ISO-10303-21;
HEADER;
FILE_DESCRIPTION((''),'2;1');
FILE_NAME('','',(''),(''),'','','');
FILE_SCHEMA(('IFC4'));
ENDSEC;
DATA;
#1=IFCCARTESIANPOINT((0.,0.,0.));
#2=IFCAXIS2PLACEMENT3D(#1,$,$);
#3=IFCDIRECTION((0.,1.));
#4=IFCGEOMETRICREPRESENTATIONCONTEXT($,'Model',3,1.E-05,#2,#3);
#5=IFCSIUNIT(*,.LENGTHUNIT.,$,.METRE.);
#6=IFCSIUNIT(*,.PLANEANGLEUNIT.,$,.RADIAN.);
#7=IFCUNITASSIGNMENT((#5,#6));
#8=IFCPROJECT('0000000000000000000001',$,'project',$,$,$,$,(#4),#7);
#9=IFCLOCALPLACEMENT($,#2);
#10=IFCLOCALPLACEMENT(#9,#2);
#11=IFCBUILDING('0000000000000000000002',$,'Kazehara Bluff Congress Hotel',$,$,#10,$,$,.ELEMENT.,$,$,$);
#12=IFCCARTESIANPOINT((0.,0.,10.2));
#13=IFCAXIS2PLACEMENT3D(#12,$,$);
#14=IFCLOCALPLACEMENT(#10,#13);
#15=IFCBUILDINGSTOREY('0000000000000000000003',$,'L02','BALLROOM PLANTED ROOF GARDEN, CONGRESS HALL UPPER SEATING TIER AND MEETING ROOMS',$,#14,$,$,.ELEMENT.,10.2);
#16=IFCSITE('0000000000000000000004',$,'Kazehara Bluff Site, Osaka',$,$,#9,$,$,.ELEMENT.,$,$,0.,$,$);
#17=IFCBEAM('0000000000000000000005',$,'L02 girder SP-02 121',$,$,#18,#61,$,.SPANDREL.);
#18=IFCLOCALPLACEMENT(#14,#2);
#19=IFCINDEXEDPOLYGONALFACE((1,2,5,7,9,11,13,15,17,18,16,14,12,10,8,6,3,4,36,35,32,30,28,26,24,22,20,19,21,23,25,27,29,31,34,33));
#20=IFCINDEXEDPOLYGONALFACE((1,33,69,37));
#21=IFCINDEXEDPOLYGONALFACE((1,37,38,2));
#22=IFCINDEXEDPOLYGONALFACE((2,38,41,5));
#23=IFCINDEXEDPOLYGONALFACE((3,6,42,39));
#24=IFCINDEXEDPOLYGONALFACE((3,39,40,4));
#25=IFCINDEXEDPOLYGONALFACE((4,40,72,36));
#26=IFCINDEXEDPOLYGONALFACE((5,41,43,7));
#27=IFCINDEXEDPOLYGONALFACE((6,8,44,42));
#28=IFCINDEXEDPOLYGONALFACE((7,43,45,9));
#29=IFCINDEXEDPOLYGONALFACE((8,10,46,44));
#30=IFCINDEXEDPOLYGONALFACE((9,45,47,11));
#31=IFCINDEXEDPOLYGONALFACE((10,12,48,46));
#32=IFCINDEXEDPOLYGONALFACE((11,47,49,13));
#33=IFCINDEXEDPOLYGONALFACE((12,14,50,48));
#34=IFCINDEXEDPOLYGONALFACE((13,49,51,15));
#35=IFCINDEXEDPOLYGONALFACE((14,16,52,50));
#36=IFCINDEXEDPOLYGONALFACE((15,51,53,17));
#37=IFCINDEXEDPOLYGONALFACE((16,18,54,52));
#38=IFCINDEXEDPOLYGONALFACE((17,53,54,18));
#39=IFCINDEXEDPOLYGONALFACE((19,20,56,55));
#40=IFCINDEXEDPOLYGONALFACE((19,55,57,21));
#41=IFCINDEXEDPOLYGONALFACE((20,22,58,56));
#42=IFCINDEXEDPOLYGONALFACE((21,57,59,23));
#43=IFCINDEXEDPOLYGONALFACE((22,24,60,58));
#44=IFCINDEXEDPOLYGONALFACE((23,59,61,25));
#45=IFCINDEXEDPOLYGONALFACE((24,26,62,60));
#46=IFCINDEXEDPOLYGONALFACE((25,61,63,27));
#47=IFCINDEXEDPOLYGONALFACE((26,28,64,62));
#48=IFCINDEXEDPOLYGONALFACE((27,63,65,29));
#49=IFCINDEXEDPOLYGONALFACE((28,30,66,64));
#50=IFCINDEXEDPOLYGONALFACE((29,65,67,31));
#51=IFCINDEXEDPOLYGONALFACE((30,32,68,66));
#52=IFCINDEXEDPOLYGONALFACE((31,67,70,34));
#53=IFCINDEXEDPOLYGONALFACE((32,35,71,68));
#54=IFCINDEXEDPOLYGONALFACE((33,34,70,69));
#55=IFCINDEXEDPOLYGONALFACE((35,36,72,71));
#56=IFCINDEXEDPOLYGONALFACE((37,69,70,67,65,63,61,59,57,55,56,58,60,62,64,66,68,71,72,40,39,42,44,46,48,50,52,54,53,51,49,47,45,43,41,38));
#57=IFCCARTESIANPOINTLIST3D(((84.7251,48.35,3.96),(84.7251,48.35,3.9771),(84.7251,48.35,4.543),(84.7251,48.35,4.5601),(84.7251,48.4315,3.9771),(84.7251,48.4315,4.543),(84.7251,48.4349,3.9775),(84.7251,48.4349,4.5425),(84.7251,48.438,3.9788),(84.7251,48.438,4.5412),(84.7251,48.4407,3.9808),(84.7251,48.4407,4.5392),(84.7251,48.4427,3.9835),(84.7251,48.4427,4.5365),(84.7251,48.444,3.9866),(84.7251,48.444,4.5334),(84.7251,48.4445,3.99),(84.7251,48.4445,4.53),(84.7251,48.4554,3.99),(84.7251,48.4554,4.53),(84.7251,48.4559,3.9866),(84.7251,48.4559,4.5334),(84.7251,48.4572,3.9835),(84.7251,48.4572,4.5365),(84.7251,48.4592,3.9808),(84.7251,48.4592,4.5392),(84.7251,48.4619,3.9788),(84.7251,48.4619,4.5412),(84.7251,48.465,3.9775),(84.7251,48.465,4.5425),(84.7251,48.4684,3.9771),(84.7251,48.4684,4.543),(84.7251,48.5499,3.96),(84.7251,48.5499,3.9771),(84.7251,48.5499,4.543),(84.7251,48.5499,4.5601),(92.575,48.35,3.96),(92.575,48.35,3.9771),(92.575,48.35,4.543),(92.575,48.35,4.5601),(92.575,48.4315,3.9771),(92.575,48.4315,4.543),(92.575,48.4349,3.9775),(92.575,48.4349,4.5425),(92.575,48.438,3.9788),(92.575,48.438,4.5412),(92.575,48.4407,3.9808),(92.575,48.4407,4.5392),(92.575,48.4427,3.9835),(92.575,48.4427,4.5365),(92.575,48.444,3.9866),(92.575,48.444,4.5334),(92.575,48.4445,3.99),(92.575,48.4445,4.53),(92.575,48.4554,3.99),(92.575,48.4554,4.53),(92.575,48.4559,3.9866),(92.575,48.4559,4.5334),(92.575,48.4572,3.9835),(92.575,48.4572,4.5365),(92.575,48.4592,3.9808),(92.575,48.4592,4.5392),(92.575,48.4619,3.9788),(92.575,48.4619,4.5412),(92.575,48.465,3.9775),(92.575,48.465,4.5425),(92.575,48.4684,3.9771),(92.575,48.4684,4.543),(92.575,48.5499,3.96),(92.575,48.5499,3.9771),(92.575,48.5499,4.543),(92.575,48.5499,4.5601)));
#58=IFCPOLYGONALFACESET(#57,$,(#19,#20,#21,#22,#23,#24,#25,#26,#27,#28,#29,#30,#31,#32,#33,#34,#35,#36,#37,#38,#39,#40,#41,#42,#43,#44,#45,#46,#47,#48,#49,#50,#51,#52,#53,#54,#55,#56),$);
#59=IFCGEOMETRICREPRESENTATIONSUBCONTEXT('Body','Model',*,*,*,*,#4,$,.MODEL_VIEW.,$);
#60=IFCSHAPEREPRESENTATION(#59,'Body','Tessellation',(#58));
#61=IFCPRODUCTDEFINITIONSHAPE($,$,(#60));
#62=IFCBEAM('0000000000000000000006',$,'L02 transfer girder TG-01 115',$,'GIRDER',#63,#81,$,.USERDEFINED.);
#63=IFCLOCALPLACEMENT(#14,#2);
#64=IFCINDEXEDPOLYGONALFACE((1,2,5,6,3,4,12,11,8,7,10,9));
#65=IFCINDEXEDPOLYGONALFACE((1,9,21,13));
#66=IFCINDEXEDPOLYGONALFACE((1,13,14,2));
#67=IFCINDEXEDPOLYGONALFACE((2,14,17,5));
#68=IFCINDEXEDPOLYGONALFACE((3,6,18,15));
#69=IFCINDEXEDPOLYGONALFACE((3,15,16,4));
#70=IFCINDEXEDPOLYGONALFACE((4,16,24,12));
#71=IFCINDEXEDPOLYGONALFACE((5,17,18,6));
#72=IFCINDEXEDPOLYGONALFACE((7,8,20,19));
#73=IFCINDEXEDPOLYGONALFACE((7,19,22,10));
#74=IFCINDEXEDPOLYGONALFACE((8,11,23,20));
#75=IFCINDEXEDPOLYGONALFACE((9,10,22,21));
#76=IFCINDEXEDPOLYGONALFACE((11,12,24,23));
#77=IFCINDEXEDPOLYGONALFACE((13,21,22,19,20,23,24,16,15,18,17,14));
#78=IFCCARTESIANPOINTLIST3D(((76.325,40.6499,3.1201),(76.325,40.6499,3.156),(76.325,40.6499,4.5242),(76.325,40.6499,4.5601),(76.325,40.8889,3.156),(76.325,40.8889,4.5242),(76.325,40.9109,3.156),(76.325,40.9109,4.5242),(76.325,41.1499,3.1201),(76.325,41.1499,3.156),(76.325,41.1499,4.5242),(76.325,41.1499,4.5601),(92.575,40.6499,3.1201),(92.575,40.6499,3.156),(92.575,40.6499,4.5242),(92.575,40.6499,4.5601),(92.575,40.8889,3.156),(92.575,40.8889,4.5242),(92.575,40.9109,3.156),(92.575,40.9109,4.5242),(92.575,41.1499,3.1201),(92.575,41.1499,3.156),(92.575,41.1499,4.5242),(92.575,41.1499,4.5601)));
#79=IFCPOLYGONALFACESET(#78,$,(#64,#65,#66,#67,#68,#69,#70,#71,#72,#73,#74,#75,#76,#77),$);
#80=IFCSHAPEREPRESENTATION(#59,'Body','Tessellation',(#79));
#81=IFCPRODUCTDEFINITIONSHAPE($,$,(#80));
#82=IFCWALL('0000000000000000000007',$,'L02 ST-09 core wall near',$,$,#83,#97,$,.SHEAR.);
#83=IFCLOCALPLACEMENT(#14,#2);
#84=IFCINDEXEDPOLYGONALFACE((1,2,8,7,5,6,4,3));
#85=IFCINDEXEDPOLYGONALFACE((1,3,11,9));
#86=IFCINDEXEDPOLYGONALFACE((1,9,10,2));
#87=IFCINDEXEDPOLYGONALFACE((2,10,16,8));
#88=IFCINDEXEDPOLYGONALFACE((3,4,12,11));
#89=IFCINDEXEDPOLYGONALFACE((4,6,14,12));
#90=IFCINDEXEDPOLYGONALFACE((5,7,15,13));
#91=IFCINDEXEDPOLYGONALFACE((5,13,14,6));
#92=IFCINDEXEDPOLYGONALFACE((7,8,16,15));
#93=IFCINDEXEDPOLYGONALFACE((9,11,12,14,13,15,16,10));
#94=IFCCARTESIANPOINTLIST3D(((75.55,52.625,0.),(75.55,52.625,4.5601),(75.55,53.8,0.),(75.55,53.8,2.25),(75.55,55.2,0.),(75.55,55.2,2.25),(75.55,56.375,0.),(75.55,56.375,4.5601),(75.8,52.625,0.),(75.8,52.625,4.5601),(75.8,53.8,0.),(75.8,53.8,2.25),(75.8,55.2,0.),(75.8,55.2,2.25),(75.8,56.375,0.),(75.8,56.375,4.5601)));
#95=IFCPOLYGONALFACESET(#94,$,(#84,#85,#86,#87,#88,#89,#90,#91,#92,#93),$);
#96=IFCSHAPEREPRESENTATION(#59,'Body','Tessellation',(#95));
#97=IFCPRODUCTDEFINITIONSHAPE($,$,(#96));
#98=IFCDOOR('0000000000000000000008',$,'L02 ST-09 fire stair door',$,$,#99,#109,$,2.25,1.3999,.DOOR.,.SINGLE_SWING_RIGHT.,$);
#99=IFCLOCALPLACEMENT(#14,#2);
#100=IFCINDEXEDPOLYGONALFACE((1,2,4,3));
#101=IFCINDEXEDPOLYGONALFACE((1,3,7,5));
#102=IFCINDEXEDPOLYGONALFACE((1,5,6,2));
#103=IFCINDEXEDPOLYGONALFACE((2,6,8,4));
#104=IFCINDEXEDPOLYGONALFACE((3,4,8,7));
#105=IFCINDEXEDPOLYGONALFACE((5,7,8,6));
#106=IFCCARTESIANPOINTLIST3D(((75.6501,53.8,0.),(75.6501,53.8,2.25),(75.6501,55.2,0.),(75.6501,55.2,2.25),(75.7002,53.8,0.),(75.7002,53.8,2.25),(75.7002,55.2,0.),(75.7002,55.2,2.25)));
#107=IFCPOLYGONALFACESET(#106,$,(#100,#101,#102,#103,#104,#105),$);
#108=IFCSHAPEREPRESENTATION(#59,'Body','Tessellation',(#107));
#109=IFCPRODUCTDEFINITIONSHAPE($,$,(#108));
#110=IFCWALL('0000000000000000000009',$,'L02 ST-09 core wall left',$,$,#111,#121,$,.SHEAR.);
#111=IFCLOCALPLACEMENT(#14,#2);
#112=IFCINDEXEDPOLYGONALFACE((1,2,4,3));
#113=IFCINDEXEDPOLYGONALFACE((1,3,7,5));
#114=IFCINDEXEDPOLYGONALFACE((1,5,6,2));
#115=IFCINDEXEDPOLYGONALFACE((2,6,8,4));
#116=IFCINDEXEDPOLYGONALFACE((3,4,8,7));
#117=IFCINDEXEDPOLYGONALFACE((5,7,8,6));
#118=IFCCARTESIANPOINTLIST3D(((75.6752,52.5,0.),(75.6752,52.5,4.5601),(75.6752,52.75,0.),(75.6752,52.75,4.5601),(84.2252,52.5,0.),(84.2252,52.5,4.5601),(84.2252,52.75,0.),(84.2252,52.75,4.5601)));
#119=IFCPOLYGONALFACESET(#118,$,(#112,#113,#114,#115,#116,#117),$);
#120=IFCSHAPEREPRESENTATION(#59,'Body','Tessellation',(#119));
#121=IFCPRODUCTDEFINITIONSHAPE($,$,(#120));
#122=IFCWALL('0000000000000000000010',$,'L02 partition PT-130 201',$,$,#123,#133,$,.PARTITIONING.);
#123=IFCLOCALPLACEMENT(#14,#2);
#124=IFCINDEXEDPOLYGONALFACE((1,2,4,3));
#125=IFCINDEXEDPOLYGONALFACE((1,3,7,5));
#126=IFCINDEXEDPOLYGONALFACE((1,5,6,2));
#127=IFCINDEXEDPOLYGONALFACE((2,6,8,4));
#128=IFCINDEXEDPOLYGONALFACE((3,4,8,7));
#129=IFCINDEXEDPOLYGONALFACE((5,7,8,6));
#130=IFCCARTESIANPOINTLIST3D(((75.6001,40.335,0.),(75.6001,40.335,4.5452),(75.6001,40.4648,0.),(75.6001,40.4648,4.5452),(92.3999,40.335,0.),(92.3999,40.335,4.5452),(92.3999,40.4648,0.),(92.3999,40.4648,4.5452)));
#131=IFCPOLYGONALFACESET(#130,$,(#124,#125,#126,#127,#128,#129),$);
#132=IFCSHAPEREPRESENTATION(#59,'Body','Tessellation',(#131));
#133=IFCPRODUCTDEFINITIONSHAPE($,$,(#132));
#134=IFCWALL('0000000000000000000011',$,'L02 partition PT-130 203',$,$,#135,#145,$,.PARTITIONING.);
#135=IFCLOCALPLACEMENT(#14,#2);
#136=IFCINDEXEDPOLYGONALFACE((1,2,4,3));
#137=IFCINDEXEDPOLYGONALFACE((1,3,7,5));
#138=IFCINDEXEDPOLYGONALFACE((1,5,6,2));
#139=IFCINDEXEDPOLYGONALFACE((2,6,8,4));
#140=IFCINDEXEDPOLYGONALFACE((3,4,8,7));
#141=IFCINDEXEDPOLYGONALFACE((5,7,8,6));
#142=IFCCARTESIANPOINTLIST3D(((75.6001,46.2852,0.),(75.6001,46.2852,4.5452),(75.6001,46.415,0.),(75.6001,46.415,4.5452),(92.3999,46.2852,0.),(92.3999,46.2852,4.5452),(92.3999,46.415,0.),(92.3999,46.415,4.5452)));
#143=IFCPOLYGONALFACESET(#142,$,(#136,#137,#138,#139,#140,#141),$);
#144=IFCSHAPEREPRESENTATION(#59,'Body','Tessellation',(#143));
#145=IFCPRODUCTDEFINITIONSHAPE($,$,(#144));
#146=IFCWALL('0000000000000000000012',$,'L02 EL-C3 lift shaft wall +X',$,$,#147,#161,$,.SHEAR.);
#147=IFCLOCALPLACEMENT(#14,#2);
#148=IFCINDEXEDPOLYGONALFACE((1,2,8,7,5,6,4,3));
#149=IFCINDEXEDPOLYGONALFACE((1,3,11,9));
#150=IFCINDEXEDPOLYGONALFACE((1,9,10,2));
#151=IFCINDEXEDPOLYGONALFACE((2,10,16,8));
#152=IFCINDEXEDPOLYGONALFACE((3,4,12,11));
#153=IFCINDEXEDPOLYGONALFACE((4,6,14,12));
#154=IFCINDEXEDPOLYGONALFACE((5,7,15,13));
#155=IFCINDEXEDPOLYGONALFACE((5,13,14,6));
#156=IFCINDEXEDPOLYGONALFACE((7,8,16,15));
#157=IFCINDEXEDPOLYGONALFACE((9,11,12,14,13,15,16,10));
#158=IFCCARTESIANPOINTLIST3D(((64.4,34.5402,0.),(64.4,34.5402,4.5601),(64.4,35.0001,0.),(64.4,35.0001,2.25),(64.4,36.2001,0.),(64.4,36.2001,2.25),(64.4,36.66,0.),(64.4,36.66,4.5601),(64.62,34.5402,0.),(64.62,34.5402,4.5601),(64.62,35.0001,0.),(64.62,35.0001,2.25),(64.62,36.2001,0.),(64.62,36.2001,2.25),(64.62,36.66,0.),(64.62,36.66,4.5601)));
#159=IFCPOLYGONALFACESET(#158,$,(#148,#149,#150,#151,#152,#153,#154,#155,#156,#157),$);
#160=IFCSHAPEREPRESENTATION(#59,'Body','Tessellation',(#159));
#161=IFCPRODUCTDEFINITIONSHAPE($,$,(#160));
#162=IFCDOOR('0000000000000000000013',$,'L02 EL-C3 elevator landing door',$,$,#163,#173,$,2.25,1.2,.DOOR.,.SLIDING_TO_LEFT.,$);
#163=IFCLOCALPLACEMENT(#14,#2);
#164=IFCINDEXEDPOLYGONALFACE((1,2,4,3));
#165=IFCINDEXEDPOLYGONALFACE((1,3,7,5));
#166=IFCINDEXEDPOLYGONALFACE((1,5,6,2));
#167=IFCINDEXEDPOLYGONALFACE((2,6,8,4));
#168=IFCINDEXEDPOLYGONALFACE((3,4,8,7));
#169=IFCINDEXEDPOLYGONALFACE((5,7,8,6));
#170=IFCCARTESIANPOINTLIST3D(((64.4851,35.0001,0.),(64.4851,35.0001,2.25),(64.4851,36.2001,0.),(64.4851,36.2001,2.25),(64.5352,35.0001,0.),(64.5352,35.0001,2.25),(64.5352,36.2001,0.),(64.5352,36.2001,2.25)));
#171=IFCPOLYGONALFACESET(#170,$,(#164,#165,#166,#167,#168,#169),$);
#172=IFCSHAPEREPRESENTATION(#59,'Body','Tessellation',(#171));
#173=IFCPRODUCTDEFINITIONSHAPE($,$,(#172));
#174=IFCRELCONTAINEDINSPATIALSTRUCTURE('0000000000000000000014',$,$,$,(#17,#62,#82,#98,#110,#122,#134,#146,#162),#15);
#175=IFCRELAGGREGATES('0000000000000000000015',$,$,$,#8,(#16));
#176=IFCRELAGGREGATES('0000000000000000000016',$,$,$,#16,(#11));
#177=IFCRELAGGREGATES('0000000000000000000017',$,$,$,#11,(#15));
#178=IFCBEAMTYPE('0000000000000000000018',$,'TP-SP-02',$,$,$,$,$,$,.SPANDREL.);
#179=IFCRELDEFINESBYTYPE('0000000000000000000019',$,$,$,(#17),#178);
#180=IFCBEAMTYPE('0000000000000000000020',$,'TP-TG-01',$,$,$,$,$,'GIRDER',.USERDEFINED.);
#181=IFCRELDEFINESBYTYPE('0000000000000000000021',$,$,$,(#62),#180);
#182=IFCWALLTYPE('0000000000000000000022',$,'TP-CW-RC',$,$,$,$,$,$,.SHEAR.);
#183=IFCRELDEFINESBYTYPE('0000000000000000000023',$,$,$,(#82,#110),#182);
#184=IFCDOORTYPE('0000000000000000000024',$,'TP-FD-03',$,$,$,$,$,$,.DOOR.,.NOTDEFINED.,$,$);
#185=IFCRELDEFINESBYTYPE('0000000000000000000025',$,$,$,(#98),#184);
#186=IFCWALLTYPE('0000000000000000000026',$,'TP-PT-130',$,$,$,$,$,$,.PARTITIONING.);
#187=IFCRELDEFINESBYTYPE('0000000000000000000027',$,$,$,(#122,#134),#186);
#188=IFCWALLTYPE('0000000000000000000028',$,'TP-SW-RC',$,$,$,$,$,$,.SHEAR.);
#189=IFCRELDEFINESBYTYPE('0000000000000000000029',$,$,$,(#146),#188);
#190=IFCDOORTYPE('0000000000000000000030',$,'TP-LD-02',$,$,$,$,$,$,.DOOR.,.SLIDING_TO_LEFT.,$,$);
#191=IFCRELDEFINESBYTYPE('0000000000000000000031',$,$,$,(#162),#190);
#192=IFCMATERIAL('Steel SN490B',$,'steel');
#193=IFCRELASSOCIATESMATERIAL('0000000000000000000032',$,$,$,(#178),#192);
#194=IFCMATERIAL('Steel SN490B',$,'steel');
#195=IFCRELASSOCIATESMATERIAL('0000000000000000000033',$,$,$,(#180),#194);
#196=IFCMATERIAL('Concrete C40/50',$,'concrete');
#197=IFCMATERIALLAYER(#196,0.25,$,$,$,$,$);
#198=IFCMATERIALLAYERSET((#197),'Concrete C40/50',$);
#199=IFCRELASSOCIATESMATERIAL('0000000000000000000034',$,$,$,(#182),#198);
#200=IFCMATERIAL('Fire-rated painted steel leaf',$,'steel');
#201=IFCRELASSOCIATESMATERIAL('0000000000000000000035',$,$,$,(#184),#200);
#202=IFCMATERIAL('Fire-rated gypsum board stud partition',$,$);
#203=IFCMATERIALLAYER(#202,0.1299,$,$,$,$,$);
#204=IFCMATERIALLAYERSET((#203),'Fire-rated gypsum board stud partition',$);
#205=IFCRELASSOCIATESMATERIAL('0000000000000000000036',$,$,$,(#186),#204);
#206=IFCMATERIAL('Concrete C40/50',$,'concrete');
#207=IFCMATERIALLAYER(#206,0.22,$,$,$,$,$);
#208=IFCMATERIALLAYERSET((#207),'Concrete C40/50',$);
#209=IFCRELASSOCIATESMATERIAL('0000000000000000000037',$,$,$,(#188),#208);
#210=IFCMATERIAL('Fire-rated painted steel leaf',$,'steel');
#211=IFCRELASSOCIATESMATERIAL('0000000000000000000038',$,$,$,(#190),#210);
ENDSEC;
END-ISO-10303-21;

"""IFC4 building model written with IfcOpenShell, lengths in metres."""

from ifc_helpers import new_model, si_unit, direction, frame, frame_2d, origin, origin_2d, place, context, subcontext, project, spatial, rectangle, i_section, extrude, material, layer, layer_set, material_profile, profile_set, type_object, element, fill, save


model = new_model("IFC4")

# Units and contexts
model_context = context("Model", 3, precision=1e-05, world=origin(), true_north=direction((0.0, 1.0)))
body_context = subcontext(model_context, "Body", "Model", "MODEL_VIEW")
ifc_project = project(units=[si_unit("LENGTHUNIT", "METRE"), si_unit("PLANEANGLEUNIT", "RADIAN")], contexts=[model_context])

# Site, building, storey
site_placement = place(None, origin())
site = spatial("IfcSite", under=ifc_project, at=site_placement, Name="Kazehara Bluff Site, Osaka", CompositionType="ELEMENT", RefElevation=0.0)
building_placement = place(site_placement, origin())
building = spatial("IfcBuilding", under=site, at=building_placement, Name="Kazehara Bluff Congress Hotel", CompositionType="ELEMENT")
storey_placement = place(building_placement, frame((0.0, 0.0, 10.2)))
storey = spatial("IfcBuildingStorey", under=building, at=storey_placement, Name="L02", Description="BALLROOM PLANTED ROOF GARDEN, CONGRESS HALL UPPER SEATING TIER AND MEETING ROOMS", CompositionType="ELEMENT", Elevation=10.2)

# Beams
ifc_material_1 = material(Name="Steel SN490B", Category="steel")
ifc_material_profile_1 = material_profile(ifc_material_1, i_section(OverallWidth=0.2, OverallDepth=0.6001, WebThickness=0.011, FlangeThickness=0.0171, FilletRadius=0.0129, at=origin_2d()))
ifc_profile_set_1 = profile_set([ifc_material_profile_1], Name="Steel SN490B")
beam_type_1 = type_object("IfcBeamType", Name="TP-SP-02", PredefinedType="SPANDREL", material=ifc_profile_set_1)
beam_1_placement = place(storey_placement, frame((84.7251, 48.45, 4.26), z_axis=(1.0, 0.0, 0.0), x_axis=(0.0, 1.0, 0.0)))
element("IfcBeam", 1, at=beam_1_placement, inside=storey, type_object=beam_type_1, Name="L02 girder SP-02 121", PredefinedType="SPANDREL", context=body_context, shape_type="SweptSolid", body=[
    extrude(i_section(OverallWidth=0.2, OverallDepth=0.6001, WebThickness=0.011, FlangeThickness=0.0171, FilletRadius=0.0129, at=origin_2d()), origin(), (0.0, 0.0, 1.0), 7.8499),
])
ifc_material_2 = material(Name="Steel SN490B", Category="steel")
ifc_material_profile_2 = material_profile(ifc_material_2, i_section(OverallWidth=0.5, OverallDepth=1.4399, WebThickness=0.022, FlangeThickness=0.0359, at=origin_2d()))
ifc_profile_set_2 = profile_set([ifc_material_profile_2], Name="Steel SN490B")
beam_type_2 = type_object("IfcBeamType", Name="TP-TG-01", ElementType="GIRDER", PredefinedType="USERDEFINED", material=ifc_profile_set_2)
beam_2_placement = place(storey_placement, frame((76.325, 40.8999, 3.8401), z_axis=(1.0, 0.0, 0.0), x_axis=(0.0, 1.0, 0.0)))
element("IfcBeam", 2, at=beam_2_placement, inside=storey, type_object=beam_type_2, Name="L02 transfer girder TG-01 115", ObjectType="GIRDER", PredefinedType="USERDEFINED", context=body_context, shape_type="SweptSolid", body=[
    extrude(i_section(OverallWidth=0.5, OverallDepth=1.4399, WebThickness=0.022, FlangeThickness=0.0359, at=origin_2d()), origin(), (0.0, 0.0, 1.0), 16.25),
])

# Wall, opening, door
ifc_material_3 = material(Name="Concrete C40/50", Category="concrete")
ifc_layer_1 = layer(ifc_material_3, 0.25)
ifc_layer_set_1 = layer_set([ifc_layer_1], Name="Concrete C40/50")
wall_type_1 = type_object("IfcWallType", Name="TP-CW-RC", PredefinedType="SHEAR", material=ifc_layer_set_1)
wall_1_placement = place(storey_placement, frame((75.675, 52.625, 0.0), z_axis=(0.0, 0.0, 1.0), x_axis=(0.0, 1.0, 0.0)))
wall_1 = element("IfcWall", 3, at=wall_1_placement, inside=storey, type_object=wall_type_1, Name="L02 ST-09 core wall near", PredefinedType="SHEAR", context=body_context, shape_type="SweptSolid", body=[
    extrude(rectangle(XDim=3.75, YDim=0.25, at=frame_2d((1.875, 0.0))), origin(), (0.0, 0.0, 1.0), 4.5601),
])
opening_1_placement = place(wall_1_placement, frame((1.175, 0.0, 0.0)))
opening_1 = element("IfcOpeningElement", 4, at=opening_1_placement, cuts=wall_1, PredefinedType="OPENING", context=body_context, shape_type="SweptSolid", body=[
    extrude(rectangle(XDim=1.3999, YDim=2.25, at=frame_2d((0.7, 1.125))), frame((0.0, 0.135, 0.0), z_axis=(0.0, -1.0, 0.0), x_axis=(1.0, 0.0, 0.0)), (0.0, 0.0, 1.0), 0.27),
])
ifc_material_4 = material(Name="Fire-rated painted steel leaf", Category="steel")
door_type_1 = type_object("IfcDoorType", Name="TP-FD-03", OperationType="NOTDEFINED", PredefinedType="DOOR", material=ifc_material_4)
door_1_placement = place(opening_1_placement, origin())
door_1 = element("IfcDoor", 5, at=door_1_placement, inside=storey, type_object=door_type_1, Name="L02 ST-09 fire stair door", OperationType="SINGLE_SWING_RIGHT", OverallHeight=2.25, OverallWidth=1.3999, PredefinedType="DOOR", context=body_context, shape_type="SweptSolid", body=[
    extrude(rectangle(XDim=1.3999, YDim=2.25, at=frame_2d((0.7, 1.125))), frame((0.0, 0.0249, 0.0), z_axis=(0.0, -1.0, 0.0), x_axis=(1.0, 0.0, 0.0)), (0.0, 0.0, 1.0), 0.05),
])
fill(opening_1, door_1)

# Walls
wall_2_placement = place(storey_placement, frame((84.2251, 52.625, 0.0), z_axis=(0.0, 0.0, 1.0), x_axis=(-1.0, 0.0, 0.0)))
element("IfcWall", 6, at=wall_2_placement, inside=storey, type_object=wall_type_1, Name="L02 ST-09 core wall left", PredefinedType="SHEAR", context=body_context, shape_type="SweptSolid", body=[
    extrude(rectangle(XDim=8.55, YDim=0.25, at=frame_2d((4.2749, 0.0))), origin(), (0.0, 0.0, 1.0), 4.5601),
])
ifc_material_5 = material(Name="Fire-rated gypsum board stud partition")
ifc_layer_2 = layer(ifc_material_5, 0.1299)
ifc_layer_set_2 = layer_set([ifc_layer_2], Name="Fire-rated gypsum board stud partition")
wall_type_2 = type_object("IfcWallType", Name="TP-PT-130", PredefinedType="PARTITIONING", material=ifc_layer_set_2)
for number, where, z_axis, x_axis, name in (
    (7, (75.6001, 40.3999, 0.0), (0.0, 0.0, 1.0), (1.0, 0.0, 0.0), "L02 partition PT-130 201"),
    (8, (75.6001, 46.3501, 0.0), (0.0, 0.0, 1.0), (1.0, 0.0, 0.0), "L02 partition PT-130 203"),
):
    element("IfcWall", number, at=place(storey_placement, frame(where, z_axis=z_axis, x_axis=x_axis)), inside=storey, type_object=wall_type_2, Name=name, PredefinedType="PARTITIONING", context=body_context, shape_type="SweptSolid", body=[
        extrude(rectangle(XDim=16.7998, YDim=0.1299, at=frame_2d((8.3999, 0.0))), origin(), (0.0, 0.0, 1.0), 4.5452),
    ])

# Wall, opening, door
ifc_material_6 = material(Name="Concrete C40/50", Category="concrete")
ifc_layer_3 = layer(ifc_material_6, 0.22)
ifc_layer_set_3 = layer_set([ifc_layer_3], Name="Concrete C40/50")
wall_type_3 = type_object("IfcWallType", Name="TP-SW-RC", PredefinedType="SHEAR", material=ifc_layer_set_3)
wall_3_placement = place(storey_placement, frame((64.51, 34.54, 0.0), z_axis=(0.0, 0.0, 1.0), x_axis=(0.0, 1.0, 0.0)))
wall_3 = element("IfcWall", 9, at=wall_3_placement, inside=storey, type_object=wall_type_3, Name="L02 EL-C3 lift shaft wall +X", PredefinedType="SHEAR", context=body_context, shape_type="SweptSolid", body=[
    extrude(rectangle(XDim=2.1199, YDim=0.22, at=frame_2d((1.0601, 0.0))), origin(), (0.0, 0.0, 1.0), 4.5601),
])
opening_2_placement = place(wall_3_placement, frame((0.46, 0.0, 0.0)))
opening_2 = element("IfcOpeningElement", 10, at=opening_2_placement, cuts=wall_3, PredefinedType="OPENING", context=body_context, shape_type="SweptSolid", body=[
    extrude(rectangle(XDim=1.2, YDim=2.25, at=frame_2d((0.6001, 1.125))), frame((0.0, 0.1199, 0.0), z_axis=(0.0, -1.0, 0.0), x_axis=(1.0, 0.0, 0.0)), (0.0, 0.0, 1.0), 0.24),
])
ifc_material_7 = material(Name="Fire-rated painted steel leaf", Category="steel")
door_type_2 = type_object("IfcDoorType", Name="TP-LD-02", OperationType="SLIDING_TO_LEFT", PredefinedType="DOOR", material=ifc_material_7)
door_2_placement = place(opening_2_placement, origin())
door_2 = element("IfcDoor", 11, at=door_2_placement, inside=storey, type_object=door_type_2, Name="L02 EL-C3 elevator landing door", OperationType="SLIDING_TO_LEFT", OverallHeight=2.25, OverallWidth=1.2, PredefinedType="DOOR", context=body_context, shape_type="SweptSolid", body=[
    extrude(rectangle(XDim=1.2, YDim=2.25, at=frame_2d((0.6001, 1.125))), frame((0.0, 0.0249, 0.0), z_axis=(0.0, -1.0, 0.0), x_axis=(1.0, 0.0, 0.0)), (0.0, 0.0, 1.0), 0.05),
])
fill(opening_2, door_2)

save(model, "model.ifc")
